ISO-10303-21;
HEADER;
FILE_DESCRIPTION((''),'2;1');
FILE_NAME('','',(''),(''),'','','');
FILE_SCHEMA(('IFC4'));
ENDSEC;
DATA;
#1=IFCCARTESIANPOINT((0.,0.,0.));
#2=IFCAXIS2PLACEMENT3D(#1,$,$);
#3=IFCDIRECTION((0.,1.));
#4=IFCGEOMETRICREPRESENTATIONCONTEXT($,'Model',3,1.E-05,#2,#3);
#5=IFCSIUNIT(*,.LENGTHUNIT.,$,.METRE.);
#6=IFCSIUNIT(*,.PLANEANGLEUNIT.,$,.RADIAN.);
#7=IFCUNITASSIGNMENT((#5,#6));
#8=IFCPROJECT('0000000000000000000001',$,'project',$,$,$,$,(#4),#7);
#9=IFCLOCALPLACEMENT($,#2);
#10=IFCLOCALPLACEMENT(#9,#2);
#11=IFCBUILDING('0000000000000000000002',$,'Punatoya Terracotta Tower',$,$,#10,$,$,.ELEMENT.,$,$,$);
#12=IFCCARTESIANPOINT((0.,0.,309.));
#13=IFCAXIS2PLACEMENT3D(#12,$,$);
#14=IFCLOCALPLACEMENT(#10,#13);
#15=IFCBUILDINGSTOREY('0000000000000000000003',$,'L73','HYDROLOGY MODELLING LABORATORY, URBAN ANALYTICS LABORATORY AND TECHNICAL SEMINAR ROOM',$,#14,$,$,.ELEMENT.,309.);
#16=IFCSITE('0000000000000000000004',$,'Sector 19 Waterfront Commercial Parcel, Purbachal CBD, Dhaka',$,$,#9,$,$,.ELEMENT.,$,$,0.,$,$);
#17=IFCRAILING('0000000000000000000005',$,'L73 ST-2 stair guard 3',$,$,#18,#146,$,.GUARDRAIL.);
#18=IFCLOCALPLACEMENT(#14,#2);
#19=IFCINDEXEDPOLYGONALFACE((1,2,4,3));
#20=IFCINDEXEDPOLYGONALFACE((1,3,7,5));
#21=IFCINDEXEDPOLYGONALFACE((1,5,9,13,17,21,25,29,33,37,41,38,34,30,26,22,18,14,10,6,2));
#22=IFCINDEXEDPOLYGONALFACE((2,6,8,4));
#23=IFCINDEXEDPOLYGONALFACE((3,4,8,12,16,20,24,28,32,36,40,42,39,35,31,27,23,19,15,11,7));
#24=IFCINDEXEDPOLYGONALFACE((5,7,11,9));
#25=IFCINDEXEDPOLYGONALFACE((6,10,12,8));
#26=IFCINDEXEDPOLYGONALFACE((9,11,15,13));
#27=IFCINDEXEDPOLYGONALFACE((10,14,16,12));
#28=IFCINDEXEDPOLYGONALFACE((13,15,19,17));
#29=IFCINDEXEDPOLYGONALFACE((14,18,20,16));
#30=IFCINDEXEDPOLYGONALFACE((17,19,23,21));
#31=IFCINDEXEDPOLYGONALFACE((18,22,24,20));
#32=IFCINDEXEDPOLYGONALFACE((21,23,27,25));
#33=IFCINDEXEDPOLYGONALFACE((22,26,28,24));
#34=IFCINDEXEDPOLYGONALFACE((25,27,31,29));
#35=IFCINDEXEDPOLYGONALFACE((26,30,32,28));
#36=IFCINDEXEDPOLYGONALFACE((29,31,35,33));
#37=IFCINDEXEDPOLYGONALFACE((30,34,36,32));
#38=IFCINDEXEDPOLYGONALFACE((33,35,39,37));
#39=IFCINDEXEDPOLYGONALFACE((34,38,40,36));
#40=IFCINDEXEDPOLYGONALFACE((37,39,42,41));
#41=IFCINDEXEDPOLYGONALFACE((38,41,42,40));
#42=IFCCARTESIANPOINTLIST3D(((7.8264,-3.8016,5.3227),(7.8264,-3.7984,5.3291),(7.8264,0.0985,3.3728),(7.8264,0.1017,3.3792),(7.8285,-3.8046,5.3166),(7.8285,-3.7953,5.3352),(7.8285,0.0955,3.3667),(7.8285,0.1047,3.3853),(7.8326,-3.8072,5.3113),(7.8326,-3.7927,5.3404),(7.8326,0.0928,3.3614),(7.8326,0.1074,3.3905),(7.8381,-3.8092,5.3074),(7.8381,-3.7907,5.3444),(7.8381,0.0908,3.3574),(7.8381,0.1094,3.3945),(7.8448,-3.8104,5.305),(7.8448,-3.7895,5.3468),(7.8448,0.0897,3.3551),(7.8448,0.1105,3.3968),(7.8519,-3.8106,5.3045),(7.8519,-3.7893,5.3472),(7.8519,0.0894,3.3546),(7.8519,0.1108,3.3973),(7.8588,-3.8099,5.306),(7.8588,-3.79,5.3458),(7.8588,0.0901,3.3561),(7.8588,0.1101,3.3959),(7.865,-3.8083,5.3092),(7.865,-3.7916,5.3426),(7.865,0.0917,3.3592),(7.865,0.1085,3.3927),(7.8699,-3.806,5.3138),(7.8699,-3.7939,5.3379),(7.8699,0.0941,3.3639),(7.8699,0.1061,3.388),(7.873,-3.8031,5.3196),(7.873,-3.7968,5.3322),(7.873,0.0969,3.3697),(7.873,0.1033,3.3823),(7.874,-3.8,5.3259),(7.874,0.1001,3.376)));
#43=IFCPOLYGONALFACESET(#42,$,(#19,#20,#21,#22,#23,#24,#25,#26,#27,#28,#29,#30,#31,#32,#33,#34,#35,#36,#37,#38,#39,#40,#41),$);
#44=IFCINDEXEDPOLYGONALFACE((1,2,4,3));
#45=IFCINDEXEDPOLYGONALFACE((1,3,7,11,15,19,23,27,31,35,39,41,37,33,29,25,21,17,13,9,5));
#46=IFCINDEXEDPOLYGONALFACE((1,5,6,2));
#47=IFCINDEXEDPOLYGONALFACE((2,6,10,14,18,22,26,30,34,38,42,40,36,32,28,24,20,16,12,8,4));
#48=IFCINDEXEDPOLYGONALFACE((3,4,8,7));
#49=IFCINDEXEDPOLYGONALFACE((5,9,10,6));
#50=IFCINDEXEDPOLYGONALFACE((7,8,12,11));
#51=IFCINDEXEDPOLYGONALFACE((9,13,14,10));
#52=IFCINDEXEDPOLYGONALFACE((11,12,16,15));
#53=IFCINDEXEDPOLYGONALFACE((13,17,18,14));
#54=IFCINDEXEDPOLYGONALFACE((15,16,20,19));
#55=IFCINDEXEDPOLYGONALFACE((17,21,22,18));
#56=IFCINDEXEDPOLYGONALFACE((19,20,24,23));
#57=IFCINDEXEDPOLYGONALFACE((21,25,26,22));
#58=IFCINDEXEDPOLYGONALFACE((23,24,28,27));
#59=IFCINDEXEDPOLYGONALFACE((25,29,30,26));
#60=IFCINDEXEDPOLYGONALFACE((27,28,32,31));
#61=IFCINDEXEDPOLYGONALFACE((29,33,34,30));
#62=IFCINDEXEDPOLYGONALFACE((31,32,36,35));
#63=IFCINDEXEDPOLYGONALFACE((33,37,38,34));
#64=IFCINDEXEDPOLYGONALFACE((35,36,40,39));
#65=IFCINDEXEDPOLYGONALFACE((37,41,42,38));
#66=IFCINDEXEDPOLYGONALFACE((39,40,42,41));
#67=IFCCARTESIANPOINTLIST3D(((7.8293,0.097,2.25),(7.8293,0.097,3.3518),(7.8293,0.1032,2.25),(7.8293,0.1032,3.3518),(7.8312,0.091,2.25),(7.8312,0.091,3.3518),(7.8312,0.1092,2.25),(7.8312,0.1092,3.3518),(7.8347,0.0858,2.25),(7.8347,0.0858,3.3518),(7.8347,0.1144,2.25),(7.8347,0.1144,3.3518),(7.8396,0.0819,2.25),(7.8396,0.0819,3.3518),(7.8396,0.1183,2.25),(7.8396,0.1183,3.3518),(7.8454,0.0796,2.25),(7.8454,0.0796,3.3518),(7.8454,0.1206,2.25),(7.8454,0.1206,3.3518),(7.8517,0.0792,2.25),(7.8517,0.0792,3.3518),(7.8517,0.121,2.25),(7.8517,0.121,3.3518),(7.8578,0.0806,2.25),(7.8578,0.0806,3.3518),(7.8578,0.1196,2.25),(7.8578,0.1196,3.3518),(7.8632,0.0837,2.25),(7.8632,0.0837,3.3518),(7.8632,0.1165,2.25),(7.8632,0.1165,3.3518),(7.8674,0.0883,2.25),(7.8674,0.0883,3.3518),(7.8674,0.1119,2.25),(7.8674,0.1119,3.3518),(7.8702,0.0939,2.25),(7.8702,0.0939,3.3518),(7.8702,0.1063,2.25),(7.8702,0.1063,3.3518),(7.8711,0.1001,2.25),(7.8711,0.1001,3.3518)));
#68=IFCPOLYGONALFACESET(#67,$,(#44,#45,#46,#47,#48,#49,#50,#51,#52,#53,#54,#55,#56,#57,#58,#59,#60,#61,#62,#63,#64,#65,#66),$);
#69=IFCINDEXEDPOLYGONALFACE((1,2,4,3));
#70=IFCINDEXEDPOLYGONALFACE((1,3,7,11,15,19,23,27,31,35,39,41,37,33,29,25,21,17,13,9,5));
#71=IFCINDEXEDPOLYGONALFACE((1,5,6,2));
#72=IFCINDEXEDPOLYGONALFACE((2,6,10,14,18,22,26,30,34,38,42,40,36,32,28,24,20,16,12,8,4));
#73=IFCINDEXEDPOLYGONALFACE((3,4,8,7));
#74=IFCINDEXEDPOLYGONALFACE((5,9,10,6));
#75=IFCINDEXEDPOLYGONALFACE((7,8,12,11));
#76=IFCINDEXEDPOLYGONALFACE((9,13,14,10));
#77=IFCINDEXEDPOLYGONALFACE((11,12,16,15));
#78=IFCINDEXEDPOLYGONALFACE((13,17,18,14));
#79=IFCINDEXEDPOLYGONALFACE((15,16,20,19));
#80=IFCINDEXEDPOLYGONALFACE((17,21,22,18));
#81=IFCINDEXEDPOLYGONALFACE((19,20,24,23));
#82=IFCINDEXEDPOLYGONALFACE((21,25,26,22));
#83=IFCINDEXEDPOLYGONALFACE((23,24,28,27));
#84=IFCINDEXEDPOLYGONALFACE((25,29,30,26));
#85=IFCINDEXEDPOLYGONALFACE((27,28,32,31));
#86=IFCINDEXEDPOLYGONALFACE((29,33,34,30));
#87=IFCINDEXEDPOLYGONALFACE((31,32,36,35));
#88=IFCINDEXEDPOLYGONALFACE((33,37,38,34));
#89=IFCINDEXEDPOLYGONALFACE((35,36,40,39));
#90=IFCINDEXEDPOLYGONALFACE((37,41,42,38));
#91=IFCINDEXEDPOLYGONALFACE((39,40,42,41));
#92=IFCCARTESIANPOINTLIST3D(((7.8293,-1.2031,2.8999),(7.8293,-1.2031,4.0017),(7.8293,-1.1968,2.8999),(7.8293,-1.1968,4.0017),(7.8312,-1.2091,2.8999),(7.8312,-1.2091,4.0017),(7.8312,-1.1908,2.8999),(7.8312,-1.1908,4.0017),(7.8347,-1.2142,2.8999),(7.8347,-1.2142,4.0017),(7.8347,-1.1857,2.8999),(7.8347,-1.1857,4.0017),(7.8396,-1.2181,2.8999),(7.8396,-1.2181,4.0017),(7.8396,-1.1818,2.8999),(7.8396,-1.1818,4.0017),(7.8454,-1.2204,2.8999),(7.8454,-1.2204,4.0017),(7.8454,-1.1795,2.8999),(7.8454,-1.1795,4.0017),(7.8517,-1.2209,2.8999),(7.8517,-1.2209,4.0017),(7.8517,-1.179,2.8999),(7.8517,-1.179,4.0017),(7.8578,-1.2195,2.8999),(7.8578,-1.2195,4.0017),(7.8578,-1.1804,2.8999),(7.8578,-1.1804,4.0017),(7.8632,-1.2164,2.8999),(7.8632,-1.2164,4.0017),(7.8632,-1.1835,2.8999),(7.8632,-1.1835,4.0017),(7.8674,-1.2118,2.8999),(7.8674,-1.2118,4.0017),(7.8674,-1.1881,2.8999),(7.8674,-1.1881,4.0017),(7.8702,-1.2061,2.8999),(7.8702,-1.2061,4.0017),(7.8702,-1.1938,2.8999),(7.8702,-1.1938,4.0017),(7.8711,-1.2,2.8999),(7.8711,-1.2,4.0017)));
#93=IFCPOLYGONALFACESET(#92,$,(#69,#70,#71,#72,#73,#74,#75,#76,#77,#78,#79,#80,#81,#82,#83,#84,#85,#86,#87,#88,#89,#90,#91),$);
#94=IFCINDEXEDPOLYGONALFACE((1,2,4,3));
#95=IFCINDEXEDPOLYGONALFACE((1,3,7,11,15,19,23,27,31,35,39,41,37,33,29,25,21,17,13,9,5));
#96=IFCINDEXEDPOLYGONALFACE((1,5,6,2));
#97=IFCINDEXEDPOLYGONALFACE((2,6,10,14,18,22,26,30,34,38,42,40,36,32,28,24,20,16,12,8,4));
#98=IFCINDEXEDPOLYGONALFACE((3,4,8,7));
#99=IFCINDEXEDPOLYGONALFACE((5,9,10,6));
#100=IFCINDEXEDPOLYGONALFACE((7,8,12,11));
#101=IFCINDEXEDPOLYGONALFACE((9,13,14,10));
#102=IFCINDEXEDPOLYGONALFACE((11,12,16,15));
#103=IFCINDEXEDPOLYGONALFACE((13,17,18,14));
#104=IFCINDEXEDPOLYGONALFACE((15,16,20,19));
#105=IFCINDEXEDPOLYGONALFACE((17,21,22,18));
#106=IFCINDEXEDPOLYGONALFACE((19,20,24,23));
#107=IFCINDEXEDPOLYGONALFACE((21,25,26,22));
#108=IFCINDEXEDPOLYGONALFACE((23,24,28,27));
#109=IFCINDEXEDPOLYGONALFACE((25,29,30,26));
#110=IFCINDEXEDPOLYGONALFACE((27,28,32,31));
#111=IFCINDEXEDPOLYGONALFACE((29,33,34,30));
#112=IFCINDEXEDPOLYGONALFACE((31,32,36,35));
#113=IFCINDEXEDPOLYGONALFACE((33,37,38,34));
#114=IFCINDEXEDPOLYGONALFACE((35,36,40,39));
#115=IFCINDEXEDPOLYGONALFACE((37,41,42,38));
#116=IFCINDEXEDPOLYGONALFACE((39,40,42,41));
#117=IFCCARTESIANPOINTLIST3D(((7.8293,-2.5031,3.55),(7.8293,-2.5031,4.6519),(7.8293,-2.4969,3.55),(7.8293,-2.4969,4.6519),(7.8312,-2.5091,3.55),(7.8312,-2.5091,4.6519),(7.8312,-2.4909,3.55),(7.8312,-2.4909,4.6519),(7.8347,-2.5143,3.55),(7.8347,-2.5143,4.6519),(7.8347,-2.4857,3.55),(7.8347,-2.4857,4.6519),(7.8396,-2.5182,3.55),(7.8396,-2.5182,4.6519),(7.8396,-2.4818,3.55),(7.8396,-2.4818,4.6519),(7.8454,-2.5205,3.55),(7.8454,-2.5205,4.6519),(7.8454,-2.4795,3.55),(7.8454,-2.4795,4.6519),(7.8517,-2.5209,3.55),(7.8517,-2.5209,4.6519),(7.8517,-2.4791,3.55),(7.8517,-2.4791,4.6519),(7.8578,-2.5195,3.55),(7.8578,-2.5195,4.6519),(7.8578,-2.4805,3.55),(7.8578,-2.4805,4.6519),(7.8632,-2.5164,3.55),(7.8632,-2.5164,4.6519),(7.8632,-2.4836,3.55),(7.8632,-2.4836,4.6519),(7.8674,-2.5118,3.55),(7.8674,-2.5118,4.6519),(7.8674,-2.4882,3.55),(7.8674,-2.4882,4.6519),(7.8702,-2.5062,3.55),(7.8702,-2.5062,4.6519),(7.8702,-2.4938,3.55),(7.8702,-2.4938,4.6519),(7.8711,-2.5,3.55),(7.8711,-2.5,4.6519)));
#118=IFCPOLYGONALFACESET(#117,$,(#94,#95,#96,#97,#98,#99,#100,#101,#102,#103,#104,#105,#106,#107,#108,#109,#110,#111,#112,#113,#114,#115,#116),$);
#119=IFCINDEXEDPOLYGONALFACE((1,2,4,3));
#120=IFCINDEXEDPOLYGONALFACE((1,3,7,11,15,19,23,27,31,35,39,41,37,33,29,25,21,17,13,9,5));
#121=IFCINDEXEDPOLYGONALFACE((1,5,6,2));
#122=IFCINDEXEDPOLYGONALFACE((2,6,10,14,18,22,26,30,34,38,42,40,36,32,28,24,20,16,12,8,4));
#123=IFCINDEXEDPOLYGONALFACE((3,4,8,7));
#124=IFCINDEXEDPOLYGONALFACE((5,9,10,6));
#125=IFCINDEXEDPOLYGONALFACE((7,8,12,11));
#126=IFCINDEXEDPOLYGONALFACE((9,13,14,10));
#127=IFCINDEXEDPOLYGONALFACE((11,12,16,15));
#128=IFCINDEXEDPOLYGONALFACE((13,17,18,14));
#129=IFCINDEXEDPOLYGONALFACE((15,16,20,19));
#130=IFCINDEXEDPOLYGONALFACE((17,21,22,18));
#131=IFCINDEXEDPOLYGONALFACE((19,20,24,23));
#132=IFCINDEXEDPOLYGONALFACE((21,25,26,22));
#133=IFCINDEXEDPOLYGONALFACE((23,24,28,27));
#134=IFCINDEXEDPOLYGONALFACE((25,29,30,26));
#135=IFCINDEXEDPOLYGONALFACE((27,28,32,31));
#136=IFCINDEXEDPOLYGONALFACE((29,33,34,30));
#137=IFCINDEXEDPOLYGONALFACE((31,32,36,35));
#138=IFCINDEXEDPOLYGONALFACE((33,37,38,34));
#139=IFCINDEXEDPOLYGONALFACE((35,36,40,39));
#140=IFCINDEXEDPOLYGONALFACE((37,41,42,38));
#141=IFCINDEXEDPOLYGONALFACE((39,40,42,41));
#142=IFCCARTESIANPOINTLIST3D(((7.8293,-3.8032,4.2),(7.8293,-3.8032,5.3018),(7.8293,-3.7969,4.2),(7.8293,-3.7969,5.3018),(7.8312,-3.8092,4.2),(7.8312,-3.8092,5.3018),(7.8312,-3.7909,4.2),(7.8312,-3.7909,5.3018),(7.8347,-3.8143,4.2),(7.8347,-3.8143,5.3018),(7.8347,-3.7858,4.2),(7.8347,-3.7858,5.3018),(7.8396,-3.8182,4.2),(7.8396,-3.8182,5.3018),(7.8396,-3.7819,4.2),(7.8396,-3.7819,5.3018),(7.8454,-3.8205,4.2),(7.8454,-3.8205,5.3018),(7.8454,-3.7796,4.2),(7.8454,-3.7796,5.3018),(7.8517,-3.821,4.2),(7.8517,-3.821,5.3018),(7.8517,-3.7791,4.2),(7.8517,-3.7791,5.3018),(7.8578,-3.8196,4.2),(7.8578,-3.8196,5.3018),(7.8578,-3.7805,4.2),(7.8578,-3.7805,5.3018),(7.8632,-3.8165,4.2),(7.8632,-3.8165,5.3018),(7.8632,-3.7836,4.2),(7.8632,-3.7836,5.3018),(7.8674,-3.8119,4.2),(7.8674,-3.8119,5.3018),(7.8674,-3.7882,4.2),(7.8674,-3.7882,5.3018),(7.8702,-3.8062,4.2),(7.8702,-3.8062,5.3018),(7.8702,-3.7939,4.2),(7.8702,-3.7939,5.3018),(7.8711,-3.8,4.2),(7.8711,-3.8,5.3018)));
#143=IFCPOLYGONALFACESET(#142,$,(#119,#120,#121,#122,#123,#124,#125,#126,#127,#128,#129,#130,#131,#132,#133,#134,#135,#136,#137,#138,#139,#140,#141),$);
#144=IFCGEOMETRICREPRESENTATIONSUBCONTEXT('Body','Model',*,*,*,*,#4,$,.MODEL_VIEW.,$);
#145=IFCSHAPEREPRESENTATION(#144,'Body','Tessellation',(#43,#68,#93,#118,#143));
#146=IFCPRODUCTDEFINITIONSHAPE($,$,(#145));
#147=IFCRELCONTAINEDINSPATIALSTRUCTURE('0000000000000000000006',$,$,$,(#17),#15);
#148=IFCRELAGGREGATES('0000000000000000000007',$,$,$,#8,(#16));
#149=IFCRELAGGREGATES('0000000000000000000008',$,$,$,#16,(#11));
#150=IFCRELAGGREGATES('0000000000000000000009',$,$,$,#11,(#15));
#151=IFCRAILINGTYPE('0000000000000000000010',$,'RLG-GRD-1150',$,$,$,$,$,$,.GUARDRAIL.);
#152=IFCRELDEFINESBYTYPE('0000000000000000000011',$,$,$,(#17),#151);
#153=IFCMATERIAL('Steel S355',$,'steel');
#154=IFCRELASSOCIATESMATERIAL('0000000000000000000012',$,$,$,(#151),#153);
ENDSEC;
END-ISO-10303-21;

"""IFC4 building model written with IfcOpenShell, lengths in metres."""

from ifc_helpers import new_model, si_unit, direction, frame, origin, origin_2d, place, context, subcontext, project, spatial, circle, extrude, material, type_object, element, save


model = new_model("IFC4")

# Units and contexts
model_context = context("Model", 3, precision=1e-05, world=origin(), true_north=direction((0.0, 1.0)))
body_context = subcontext(model_context, "Body", "Model", "MODEL_VIEW")
ifc_project = project(units=[si_unit("LENGTHUNIT", "METRE"), si_unit("PLANEANGLEUNIT", "RADIAN")], contexts=[model_context])

# Site, building, storey
site_placement = place(None, origin())
site = spatial("IfcSite", under=ifc_project, at=site_placement, Name="Sector 19 Waterfront Commercial Parcel, Purbachal CBD, Dhaka", CompositionType="ELEMENT", RefElevation=0.0)
building_placement = place(site_placement, origin())
building = spatial("IfcBuilding", under=site, at=building_placement, Name="Punatoya Terracotta Tower", CompositionType="ELEMENT")
storey_placement = place(building_placement, frame((0.0, 0.0, 309.0)))
storey = spatial("IfcBuildingStorey", under=building, at=storey_placement, Name="L73", Description="HYDROLOGY MODELLING LABORATORY, URBAN ANALYTICS LABORATORY AND TECHNICAL SEMINAR ROOM", CompositionType="ELEMENT", Elevation=309.0)

# Shared definitions
ifc_material_1 = material(Name="Steel S355", Category="steel")

# Railing
railing_type_1 = type_object("IfcRailingType", Name="RLG-GRD-1150", PredefinedType="GUARDRAIL", material=ifc_material_1)
railing_1_placement = place(storey_placement, frame((7.8501, 0.1001, 2.25)))
element("IfcRailing", 1, at=railing_1_placement, inside=storey, type_object=railing_type_1, Name="L73 ST-2 stair guard 3", PredefinedType="GUARDRAIL", context=body_context, shape_type="SweptSolid", body=[
    extrude(circle(Radius=0.0239, at=origin_2d()), frame((0.0, 0.0, 1.126), z_axis=(0.0, -0.894438, 0.447191), x_axis=(1.0, 0.0, 0.0)), (0.0, 0.0, 1.0), 4.3604),
    extrude(circle(Radius=0.021, at=origin_2d()), origin(), (0.0, 0.0, 1.0), 1.1018),
    extrude(circle(Radius=0.021, at=origin_2d()), frame((0.0, -1.3, 0.6499)), (0.0, 0.0, 1.0), 1.1018),
    extrude(circle(Radius=0.021, at=origin_2d()), frame((0.0, -2.6001, 1.3)), (0.0, 0.0, 1.0), 1.1018),
    extrude(circle(Radius=0.021, at=origin_2d()), frame((0.0, -3.9001, 1.95)), (0.0, 0.0, 1.0), 1.1018),
])

save(model, "model.ifc")
